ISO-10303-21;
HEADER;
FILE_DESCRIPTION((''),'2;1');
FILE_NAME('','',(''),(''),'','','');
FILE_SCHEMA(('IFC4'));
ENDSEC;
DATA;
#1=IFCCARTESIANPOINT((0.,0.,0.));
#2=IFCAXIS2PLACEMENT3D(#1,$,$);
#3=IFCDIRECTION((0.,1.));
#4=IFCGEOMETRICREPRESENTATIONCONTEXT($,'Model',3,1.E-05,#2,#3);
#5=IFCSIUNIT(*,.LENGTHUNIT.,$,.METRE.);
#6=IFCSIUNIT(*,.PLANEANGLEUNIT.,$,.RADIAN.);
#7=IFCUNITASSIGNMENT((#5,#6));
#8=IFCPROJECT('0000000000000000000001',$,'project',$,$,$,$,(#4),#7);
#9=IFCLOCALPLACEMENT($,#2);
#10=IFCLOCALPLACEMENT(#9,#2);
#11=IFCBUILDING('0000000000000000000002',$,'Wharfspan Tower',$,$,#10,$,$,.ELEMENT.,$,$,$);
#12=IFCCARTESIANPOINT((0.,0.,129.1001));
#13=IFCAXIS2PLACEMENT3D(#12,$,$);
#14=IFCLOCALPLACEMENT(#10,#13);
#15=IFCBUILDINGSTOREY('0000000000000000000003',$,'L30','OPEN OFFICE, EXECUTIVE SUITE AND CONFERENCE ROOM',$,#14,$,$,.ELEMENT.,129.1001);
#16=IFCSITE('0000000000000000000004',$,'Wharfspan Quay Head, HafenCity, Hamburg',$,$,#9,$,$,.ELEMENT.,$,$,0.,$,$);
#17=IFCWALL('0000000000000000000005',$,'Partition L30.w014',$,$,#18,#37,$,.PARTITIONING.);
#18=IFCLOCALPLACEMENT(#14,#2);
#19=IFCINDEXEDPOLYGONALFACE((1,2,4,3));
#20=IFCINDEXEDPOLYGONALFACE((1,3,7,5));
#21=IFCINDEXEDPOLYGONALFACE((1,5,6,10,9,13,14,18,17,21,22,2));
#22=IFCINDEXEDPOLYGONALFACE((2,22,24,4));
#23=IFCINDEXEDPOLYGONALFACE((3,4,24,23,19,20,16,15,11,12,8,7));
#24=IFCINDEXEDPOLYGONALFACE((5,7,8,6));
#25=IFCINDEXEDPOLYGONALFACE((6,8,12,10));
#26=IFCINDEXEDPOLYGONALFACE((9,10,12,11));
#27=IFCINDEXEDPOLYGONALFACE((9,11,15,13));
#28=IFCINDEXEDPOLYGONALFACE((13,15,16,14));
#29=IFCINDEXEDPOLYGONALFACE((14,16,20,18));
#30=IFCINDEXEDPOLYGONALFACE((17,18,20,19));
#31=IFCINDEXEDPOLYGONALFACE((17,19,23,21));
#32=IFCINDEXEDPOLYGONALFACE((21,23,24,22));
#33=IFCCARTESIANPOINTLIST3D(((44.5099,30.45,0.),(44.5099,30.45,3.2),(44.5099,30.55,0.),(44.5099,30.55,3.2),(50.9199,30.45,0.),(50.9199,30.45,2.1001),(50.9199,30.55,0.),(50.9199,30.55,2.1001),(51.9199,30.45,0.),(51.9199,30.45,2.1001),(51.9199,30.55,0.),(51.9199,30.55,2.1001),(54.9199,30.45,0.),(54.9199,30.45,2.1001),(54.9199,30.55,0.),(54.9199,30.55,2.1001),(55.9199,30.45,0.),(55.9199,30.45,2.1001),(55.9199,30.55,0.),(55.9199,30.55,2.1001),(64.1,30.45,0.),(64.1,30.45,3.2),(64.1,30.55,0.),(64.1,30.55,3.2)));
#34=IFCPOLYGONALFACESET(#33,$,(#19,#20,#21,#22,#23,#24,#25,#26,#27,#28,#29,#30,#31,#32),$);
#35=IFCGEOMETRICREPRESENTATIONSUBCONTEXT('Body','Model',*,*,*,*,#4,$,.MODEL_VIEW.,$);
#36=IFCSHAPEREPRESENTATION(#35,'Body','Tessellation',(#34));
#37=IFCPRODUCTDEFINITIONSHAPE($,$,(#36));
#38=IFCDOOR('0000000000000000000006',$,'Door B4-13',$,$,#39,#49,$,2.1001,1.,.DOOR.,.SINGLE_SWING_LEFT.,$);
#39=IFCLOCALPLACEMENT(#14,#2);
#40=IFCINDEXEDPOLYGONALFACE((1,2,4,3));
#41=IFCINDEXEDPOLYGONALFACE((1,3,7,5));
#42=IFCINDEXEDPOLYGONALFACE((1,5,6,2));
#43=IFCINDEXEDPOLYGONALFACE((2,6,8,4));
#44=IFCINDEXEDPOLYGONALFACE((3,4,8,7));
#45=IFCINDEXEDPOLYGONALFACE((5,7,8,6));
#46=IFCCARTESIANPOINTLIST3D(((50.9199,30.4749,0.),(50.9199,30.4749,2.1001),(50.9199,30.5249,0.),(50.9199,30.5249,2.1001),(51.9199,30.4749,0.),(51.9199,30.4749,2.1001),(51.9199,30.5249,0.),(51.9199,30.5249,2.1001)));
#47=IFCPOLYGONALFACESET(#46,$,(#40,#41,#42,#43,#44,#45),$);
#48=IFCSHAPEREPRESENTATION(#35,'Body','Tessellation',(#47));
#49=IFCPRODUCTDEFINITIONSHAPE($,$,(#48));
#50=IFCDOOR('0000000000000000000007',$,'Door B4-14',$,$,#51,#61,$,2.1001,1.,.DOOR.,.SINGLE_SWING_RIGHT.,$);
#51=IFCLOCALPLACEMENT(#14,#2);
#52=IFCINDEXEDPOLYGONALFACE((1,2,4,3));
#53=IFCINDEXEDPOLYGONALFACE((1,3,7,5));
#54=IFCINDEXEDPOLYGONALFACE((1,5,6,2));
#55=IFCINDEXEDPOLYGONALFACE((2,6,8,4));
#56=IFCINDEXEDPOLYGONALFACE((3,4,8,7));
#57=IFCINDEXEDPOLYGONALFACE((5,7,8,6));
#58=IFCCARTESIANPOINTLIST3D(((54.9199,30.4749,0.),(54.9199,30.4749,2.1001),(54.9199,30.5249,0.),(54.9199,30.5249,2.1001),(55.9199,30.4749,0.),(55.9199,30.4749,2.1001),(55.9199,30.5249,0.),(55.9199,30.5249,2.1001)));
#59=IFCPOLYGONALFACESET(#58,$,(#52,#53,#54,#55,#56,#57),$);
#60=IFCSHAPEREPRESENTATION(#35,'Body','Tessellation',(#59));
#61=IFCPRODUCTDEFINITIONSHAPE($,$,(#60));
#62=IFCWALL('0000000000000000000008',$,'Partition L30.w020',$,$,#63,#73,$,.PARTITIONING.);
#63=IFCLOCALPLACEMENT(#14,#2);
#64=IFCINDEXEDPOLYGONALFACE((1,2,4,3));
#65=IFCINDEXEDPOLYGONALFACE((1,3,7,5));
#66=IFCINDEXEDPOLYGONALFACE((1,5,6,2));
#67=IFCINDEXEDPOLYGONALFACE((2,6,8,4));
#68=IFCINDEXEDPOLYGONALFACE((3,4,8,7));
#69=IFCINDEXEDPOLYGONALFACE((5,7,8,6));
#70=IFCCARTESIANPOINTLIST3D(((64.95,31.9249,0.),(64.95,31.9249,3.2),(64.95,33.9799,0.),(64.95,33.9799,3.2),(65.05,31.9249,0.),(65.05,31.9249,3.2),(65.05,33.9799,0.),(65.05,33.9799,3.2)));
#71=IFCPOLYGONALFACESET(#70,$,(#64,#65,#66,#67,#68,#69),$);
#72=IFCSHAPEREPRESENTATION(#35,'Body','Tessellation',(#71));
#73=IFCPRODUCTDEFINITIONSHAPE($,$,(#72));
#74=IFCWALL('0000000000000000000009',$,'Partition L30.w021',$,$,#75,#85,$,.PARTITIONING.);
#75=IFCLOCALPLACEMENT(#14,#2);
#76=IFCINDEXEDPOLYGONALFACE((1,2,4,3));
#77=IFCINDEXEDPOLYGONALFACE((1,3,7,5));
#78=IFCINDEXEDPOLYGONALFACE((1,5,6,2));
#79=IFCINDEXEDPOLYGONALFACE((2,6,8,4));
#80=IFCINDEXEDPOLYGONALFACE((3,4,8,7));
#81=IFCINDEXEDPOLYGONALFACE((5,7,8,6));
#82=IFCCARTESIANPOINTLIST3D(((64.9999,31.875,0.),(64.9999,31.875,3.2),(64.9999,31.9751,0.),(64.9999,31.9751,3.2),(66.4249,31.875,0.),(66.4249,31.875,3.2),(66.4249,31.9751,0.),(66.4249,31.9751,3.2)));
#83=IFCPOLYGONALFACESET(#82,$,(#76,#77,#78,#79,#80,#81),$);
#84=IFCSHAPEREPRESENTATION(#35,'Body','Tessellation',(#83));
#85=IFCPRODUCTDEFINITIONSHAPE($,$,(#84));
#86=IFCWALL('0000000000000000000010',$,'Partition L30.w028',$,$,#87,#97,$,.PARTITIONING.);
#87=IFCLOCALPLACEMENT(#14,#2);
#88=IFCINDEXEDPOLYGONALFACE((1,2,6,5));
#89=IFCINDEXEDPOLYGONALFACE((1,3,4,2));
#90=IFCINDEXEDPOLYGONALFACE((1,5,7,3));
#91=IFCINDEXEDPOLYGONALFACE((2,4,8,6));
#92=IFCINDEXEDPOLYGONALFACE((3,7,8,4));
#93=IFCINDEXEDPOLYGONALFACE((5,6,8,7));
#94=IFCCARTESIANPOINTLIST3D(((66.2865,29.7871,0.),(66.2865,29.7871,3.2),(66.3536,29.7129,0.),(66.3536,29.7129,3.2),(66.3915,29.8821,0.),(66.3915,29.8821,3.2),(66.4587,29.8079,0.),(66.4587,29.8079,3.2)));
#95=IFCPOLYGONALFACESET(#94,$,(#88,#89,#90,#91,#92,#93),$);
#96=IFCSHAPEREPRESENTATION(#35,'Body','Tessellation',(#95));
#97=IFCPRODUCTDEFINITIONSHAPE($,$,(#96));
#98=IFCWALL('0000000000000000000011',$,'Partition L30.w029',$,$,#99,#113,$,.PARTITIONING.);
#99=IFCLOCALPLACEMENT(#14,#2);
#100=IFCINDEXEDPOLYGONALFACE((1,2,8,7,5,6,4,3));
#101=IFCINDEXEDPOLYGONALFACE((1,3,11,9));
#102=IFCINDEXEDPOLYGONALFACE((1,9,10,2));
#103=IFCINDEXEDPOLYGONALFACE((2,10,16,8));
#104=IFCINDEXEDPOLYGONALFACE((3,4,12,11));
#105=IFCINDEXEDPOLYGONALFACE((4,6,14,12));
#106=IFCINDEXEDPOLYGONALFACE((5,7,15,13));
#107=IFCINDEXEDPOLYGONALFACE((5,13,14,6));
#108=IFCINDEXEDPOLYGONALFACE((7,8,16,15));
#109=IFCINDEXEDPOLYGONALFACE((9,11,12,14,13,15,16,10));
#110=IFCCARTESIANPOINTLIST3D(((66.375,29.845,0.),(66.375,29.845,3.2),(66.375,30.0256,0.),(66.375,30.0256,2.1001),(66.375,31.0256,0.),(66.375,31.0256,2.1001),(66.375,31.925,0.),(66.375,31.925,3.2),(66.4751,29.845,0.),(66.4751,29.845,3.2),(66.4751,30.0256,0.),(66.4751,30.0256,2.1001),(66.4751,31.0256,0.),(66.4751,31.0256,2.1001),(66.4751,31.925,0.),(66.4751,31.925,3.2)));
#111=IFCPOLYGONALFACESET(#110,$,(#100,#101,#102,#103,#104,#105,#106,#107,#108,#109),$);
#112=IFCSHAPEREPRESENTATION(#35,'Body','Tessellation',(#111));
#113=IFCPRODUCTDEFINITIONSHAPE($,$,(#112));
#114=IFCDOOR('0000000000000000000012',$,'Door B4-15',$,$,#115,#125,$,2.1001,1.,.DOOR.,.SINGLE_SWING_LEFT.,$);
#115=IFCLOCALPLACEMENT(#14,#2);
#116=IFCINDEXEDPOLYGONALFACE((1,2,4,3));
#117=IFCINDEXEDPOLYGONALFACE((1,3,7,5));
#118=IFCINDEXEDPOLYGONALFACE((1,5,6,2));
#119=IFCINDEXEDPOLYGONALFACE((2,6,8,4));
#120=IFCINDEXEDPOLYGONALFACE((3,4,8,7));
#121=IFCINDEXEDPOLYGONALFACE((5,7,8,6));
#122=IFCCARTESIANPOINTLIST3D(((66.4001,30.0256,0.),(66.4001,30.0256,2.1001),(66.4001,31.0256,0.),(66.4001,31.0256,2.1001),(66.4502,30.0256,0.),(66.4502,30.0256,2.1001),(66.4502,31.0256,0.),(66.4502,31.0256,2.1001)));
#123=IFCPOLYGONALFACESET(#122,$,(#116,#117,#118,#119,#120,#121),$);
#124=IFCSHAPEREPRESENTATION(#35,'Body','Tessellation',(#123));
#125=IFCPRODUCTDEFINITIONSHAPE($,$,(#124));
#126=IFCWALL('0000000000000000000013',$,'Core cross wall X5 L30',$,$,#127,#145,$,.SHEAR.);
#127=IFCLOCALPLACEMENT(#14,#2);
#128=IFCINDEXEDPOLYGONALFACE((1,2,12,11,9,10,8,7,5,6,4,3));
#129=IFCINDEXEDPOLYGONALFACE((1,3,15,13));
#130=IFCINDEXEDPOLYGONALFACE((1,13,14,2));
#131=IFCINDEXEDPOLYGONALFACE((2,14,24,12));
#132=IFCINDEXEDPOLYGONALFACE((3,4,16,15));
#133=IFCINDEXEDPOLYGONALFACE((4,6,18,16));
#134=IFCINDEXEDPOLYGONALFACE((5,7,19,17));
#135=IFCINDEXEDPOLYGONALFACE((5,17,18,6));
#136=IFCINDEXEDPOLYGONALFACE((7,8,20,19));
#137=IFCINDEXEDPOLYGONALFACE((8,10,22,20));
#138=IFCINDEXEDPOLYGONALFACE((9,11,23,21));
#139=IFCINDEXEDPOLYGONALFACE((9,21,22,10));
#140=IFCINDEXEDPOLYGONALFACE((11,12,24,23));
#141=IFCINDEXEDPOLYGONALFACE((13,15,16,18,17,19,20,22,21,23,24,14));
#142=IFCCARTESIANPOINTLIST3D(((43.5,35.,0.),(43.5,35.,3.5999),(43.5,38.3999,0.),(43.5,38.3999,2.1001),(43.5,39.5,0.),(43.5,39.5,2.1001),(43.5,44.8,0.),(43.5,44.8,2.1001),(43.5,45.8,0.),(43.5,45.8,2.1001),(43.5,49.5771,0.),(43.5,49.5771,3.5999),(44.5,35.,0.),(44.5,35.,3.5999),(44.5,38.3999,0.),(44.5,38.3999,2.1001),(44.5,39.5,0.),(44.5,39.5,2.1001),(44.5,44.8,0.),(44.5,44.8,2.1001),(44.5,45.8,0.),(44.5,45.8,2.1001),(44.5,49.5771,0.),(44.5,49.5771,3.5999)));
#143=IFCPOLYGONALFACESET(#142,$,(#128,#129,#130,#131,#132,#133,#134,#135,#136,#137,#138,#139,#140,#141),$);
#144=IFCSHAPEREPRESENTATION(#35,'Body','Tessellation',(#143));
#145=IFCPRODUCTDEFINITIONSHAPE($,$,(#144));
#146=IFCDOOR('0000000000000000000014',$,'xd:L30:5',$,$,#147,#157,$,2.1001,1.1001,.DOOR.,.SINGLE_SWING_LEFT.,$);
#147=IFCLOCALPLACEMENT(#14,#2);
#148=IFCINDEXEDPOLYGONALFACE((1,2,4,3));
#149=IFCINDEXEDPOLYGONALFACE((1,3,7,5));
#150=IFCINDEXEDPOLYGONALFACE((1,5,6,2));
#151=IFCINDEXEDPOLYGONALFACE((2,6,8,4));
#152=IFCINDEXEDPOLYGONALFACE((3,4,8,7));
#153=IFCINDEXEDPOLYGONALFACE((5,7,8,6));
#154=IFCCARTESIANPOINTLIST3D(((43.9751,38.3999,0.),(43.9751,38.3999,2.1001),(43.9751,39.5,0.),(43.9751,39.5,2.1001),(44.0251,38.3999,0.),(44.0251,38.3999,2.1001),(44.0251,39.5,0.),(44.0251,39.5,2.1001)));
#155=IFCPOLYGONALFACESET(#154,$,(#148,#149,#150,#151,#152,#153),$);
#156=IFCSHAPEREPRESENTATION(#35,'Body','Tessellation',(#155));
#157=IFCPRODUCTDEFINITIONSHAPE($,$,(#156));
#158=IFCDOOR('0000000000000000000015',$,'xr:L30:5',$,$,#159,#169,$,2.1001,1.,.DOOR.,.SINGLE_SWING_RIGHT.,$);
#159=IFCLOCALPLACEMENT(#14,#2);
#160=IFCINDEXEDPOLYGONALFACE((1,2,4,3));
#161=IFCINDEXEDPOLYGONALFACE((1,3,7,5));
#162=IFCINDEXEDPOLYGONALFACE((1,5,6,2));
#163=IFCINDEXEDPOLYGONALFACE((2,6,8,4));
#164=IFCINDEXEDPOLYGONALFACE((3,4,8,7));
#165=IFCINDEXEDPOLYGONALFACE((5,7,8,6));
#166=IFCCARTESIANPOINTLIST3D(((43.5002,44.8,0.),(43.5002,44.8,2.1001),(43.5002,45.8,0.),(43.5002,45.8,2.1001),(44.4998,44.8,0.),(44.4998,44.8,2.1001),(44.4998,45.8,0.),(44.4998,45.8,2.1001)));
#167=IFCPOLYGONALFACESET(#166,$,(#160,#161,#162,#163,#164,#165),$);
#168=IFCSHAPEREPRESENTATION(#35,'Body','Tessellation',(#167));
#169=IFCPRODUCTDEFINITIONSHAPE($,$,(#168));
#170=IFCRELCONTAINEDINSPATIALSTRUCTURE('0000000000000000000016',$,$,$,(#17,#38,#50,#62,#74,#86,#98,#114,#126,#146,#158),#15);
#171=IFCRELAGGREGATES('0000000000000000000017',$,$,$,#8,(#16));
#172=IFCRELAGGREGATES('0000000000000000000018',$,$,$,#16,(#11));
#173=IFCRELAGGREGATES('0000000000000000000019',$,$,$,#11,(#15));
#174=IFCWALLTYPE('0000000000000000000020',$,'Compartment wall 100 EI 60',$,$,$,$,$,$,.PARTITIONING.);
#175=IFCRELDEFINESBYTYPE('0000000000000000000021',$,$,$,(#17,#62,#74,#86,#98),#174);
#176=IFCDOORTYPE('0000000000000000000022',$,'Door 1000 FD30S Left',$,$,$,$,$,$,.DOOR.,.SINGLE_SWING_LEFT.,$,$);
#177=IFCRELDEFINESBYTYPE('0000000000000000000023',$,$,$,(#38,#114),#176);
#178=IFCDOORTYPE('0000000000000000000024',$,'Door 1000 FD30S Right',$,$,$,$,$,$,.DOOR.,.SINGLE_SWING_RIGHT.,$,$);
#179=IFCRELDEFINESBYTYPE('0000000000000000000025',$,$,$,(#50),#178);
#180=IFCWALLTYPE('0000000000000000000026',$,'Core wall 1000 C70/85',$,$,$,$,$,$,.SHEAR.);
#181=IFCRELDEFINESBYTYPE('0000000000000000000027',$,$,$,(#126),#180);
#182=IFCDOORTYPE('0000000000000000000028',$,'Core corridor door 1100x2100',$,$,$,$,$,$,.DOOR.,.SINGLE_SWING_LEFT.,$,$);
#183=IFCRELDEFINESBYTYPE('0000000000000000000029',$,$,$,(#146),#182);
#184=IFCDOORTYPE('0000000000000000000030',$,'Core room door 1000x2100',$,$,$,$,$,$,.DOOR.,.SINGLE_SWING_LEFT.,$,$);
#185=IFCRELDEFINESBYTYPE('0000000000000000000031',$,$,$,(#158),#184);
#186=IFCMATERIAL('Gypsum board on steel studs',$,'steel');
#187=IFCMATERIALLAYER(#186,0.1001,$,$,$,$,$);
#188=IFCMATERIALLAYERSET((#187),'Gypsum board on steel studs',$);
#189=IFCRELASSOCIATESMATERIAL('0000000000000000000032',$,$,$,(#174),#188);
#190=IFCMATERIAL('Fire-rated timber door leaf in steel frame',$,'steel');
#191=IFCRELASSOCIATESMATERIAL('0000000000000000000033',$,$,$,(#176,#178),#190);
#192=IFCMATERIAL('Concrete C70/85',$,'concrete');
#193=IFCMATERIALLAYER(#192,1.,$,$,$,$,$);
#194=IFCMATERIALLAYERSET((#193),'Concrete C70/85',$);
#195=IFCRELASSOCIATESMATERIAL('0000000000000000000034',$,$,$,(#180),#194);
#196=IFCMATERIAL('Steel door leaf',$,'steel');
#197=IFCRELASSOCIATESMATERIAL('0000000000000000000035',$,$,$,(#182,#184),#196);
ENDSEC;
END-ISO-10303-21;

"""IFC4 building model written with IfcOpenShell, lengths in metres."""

from ifc_helpers import new_model, si_unit, direction, frame, frame_2d, origin, place, context, subcontext, project, spatial, rectangle, extrude, material, layer, layer_set, type_object, element, fill, save


model = new_model("IFC4")

# Units and contexts
model_context = context("Model", 3, precision=1e-05, world=origin(), true_north=direction((0.0, 1.0)))
body_context = subcontext(model_context, "Body", "Model", "MODEL_VIEW")
ifc_project = project(units=[si_unit("LENGTHUNIT", "METRE"), si_unit("PLANEANGLEUNIT", "RADIAN")], contexts=[model_context])

# Site, building, storey
site_placement = place(None, origin())
site = spatial("IfcSite", under=ifc_project, at=site_placement, Name="Wharfspan Quay Head, HafenCity, Hamburg", CompositionType="ELEMENT", RefElevation=0.0)
building_placement = place(site_placement, origin())
building = spatial("IfcBuilding", under=site, at=building_placement, Name="Wharfspan Tower", CompositionType="ELEMENT")
storey_placement = place(building_placement, frame((0.0, 0.0, 129.1001)))
storey = spatial("IfcBuildingStorey", under=building, at=storey_placement, Name="L30", Description="OPEN OFFICE, EXECUTIVE SUITE AND CONFERENCE ROOM", CompositionType="ELEMENT", Elevation=129.1001)

# Wall, openings, doors
ifc_material_1 = material(Name="Gypsum board on steel studs", Category="steel")
ifc_layer_1 = layer(ifc_material_1, 0.1001)
ifc_layer_set_1 = layer_set([ifc_layer_1], Name="Gypsum board on steel studs")
wall_type_1 = type_object("IfcWallType", Name="Compartment wall 100 EI 60", PredefinedType="PARTITIONING", material=ifc_layer_set_1)
wall_1_placement = place(storey_placement, frame((44.51, 30.5, 0.0), z_axis=(0.0, 0.0, 1.0), x_axis=(1.0, 0.0, 0.0)))
wall_1 = element("IfcWall", 1, at=wall_1_placement, inside=storey, type_object=wall_type_1, Name="Partition L30.w014", PredefinedType="PARTITIONING", context=body_context, shape_type="SweptSolid", body=[
    extrude(rectangle(XDim=19.5901, YDim=0.1001, at=frame_2d((9.7949, 0.0))), origin(), (0.0, 0.0, 1.0), 3.2),
])
opening_1_placement = place(wall_1_placement, frame((6.4099, 0.0, 0.0)))
opening_1 = element("IfcOpeningElement", 2, at=opening_1_placement, cuts=wall_1, PredefinedType="OPENING", context=body_context, shape_type="SweptSolid", body=[
    extrude(rectangle(XDim=1.0, YDim=2.1001, at=frame_2d((0.5, 1.05))), frame((0.0, 0.0601, 0.0), z_axis=(0.0, -1.0, 0.0), x_axis=(1.0, 0.0, 0.0)), (0.0, 0.0, 1.0), 0.1201),
])
opening_2_placement = place(wall_1_placement, frame((10.4099, 0.0, 0.0)))
opening_2 = element("IfcOpeningElement", 3, at=opening_2_placement, cuts=wall_1, PredefinedType="OPENING", context=body_context, shape_type="SweptSolid", body=[
    extrude(rectangle(XDim=1.0, YDim=2.1001, at=frame_2d((0.5, 1.05))), frame((0.0, 0.0601, 0.0), z_axis=(0.0, -1.0, 0.0), x_axis=(1.0, 0.0, 0.0)), (0.0, 0.0, 1.0), 0.1201),
])
ifc_material_2 = material(Name="Fire-rated timber door leaf in steel frame", Category="steel")
door_type_1 = type_object("IfcDoorType", Name="Door 1000 FD30S Left", OperationType="SINGLE_SWING_LEFT", PredefinedType="DOOR", material=ifc_material_2)
door_1_placement = place(opening_1_placement, origin())
door_1 = element("IfcDoor", 4, at=door_1_placement, inside=storey, type_object=door_type_1, Name="Door B4-13", OperationType="SINGLE_SWING_LEFT", OverallHeight=2.1001, OverallWidth=1.0, PredefinedType="DOOR", context=body_context, shape_type="SweptSolid", body=[
    extrude(rectangle(XDim=1.0, YDim=2.1001, at=frame_2d((0.5, 1.05))), frame((0.0, 0.0249, 0.0), z_axis=(0.0, -1.0, 0.0), x_axis=(1.0, 0.0, 0.0)), (0.0, 0.0, 1.0), 0.05),
])
fill(opening_1, door_1)
door_type_2 = type_object("IfcDoorType", Name="Door 1000 FD30S Right", OperationType="SINGLE_SWING_RIGHT", PredefinedType="DOOR", material=ifc_material_2)
door_2_placement = place(opening_2_placement, origin())
door_2 = element("IfcDoor", 5, at=door_2_placement, inside=storey, type_object=door_type_2, Name="Door B4-14", OperationType="SINGLE_SWING_RIGHT", OverallHeight=2.1001, OverallWidth=1.0, PredefinedType="DOOR", context=body_context, shape_type="SweptSolid", body=[
    extrude(rectangle(XDim=1.0, YDim=2.1001, at=frame_2d((0.5, 1.05))), frame((0.0, 0.0249, 0.0), z_axis=(0.0, -1.0, 0.0), x_axis=(1.0, 0.0, 0.0)), (0.0, 0.0, 1.0), 0.05),
])
fill(opening_2, door_2)

# Walls
wall_2_placement = place(storey_placement, frame((65.0, 31.925, 0.0), z_axis=(0.0, 0.0, 1.0), x_axis=(0.0, 1.0, 0.0)))
element("IfcWall", 6, at=wall_2_placement, inside=storey, type_object=wall_type_1, Name="Partition L30.w020", PredefinedType="PARTITIONING", context=body_context, shape_type="SweptSolid", body=[
    extrude(rectangle(XDim=2.0549, YDim=0.1001, at=frame_2d((1.0273, 0.0))), origin(), (0.0, 0.0, 1.0), 3.2),
])
wall_3_placement = place(storey_placement, frame((65.0, 31.925, 0.0), z_axis=(0.0, 0.0, 1.0), x_axis=(1.0, 0.0, 0.0)))
element("IfcWall", 7, at=wall_3_placement, inside=storey, type_object=wall_type_1, Name="Partition L30.w021", PredefinedType="PARTITIONING", context=body_context, shape_type="SweptSolid", body=[
    extrude(rectangle(XDim=1.425, YDim=0.1001, at=frame_2d((0.7124, 0.0))), origin(), (0.0, 0.0, 1.0), 3.2),
])
wall_4_placement = place(storey_placement, frame((66.3201, 29.75, 0.0), z_axis=(0.0, 0.0, 1.0), x_axis=(0.741581, 0.670872, 0.0)))
element("IfcWall", 8, at=wall_4_placement, inside=storey, type_object=wall_type_1, Name="Partition L30.w028", PredefinedType="PARTITIONING", context=body_context, shape_type="SweptSolid", body=[
    extrude(rectangle(XDim=0.1416, YDim=0.1001, at=frame_2d((0.0708, 0.0))), origin(), (0.0, 0.0, 1.0), 3.2),
])

# Wall, opening, door
wall_5_placement = place(storey_placement, frame((66.425, 29.845, 0.0), z_axis=(0.0, 0.0, 1.0), x_axis=(0.0, 1.0, 0.0)))
wall_5 = element("IfcWall", 9, at=wall_5_placement, inside=storey, type_object=wall_type_1, Name="Partition L30.w029", PredefinedType="PARTITIONING", context=body_context, shape_type="SweptSolid", body=[
    extrude(rectangle(XDim=2.0801, YDim=0.1001, at=frame_2d((1.04, 0.0))), origin(), (0.0, 0.0, 1.0), 3.2),
])
opening_3_placement = place(wall_5_placement, frame((0.1807, 0.0, 0.0)))
opening_3 = element("IfcOpeningElement", 10, at=opening_3_placement, cuts=wall_5, PredefinedType="OPENING", context=body_context, shape_type="SweptSolid", body=[
    extrude(rectangle(XDim=1.0, YDim=2.1001, at=frame_2d((0.5, 1.05))), frame((0.0, 0.0601, 0.0), z_axis=(0.0, -1.0, 0.0), x_axis=(1.0, 0.0, 0.0)), (0.0, 0.0, 1.0), 0.1201),
])
door_3_placement = place(opening_3_placement, origin())
door_3 = element("IfcDoor", 11, at=door_3_placement, inside=storey, type_object=door_type_1, Name="Door B4-15", OperationType="SINGLE_SWING_LEFT", OverallHeight=2.1001, OverallWidth=1.0, PredefinedType="DOOR", context=body_context, shape_type="SweptSolid", body=[
    extrude(rectangle(XDim=1.0, YDim=2.1001, at=frame_2d((0.5, 1.05))), frame((0.0, 0.0249, 0.0), z_axis=(0.0, -1.0, 0.0), x_axis=(1.0, 0.0, 0.0)), (0.0, 0.0, 1.0), 0.05),
])
fill(opening_3, door_3)

# Wall, openings, doors
ifc_material_3 = material(Name="Concrete C70/85", Category="concrete")
ifc_layer_2 = layer(ifc_material_3, 1.0)
ifc_layer_set_2 = layer_set([ifc_layer_2], Name="Concrete C70/85")
wall_type_2 = type_object("IfcWallType", Name="Core wall 1000 C70/85", PredefinedType="SHEAR", material=ifc_layer_set_2)
wall_6_placement = place(storey_placement, frame((44.0, 35.0, 0.0), z_axis=(0.0, 0.0, 1.0), x_axis=(0.0, 1.0, 0.0)))
wall_6 = element("IfcWall", 12, at=wall_6_placement, inside=storey, type_object=wall_type_2, Name="Core cross wall X5 L30", PredefinedType="SHEAR", context=body_context, shape_type="SweptSolid", body=[
    extrude(rectangle(XDim=14.5771, YDim=1.0, at=frame_2d((7.2886, 0.0))), origin(), (0.0, 0.0, 1.0), 3.5999),
])
opening_4_placement = place(wall_6_placement, frame((3.3999, 0.0, 0.0)))
opening_4 = element("IfcOpeningElement", 13, at=opening_4_placement, cuts=wall_6, PredefinedType="OPENING", context=body_context, shape_type="SweptSolid", body=[
    extrude(rectangle(XDim=1.1001, YDim=2.1001, at=frame_2d((0.55, 1.05))), frame((0.0, 0.51, 0.0), z_axis=(0.0, -1.0, 0.0), x_axis=(1.0, 0.0, 0.0)), (0.0, 0.0, 1.0), 1.02),
])
opening_5_placement = place(wall_6_placement, frame((9.8, 0.0, 0.0)))
opening_5 = element("IfcOpeningElement", 14, at=opening_5_placement, cuts=wall_6, PredefinedType="OPENING", context=body_context, shape_type="SweptSolid", body=[
    extrude(rectangle(XDim=1.0, YDim=2.1001, at=frame_2d((0.5, 1.05))), frame((0.0, 0.51, 0.0), z_axis=(0.0, -1.0, 0.0), x_axis=(1.0, 0.0, 0.0)), (0.0, 0.0, 1.0), 1.02),
])
ifc_material_4 = material(Name="Steel door leaf", Category="steel")
door_type_3 = type_object("IfcDoorType", Name="Core corridor door 1100x2100", OperationType="SINGLE_SWING_LEFT", PredefinedType="DOOR", material=ifc_material_4)
door_4_placement = place(opening_4_placement, origin())
door_4 = element("IfcDoor", 15, at=door_4_placement, inside=storey, type_object=door_type_3, Name="xd:L30:5", OperationType="SINGLE_SWING_LEFT", OverallHeight=2.1001, OverallWidth=1.1001, PredefinedType="DOOR", context=body_context, shape_type="SweptSolid", body=[
    extrude(rectangle(XDim=1.1001, YDim=2.1001, at=frame_2d((0.55, 1.05))), frame((0.0, 0.0249, 0.0), z_axis=(0.0, -1.0, 0.0), x_axis=(1.0, 0.0, 0.0)), (0.0, 0.0, 1.0), 0.05),
])
fill(opening_4, door_4)
door_type_4 = type_object("IfcDoorType", Name="Core room door 1000x2100", OperationType="SINGLE_SWING_LEFT", PredefinedType="DOOR", material=ifc_material_4)
door_5_placement = place(opening_5_placement, origin())
door_5 = element("IfcDoor", 16, at=door_5_placement, inside=storey, type_object=door_type_4, Name="xr:L30:5", OperationType="SINGLE_SWING_RIGHT", OverallHeight=2.1001, OverallWidth=1.0, PredefinedType="DOOR", context=body_context, shape_type="SweptSolid", body=[
    extrude(rectangle(XDim=1.0, YDim=2.1001, at=frame_2d((0.5, 1.05))), frame((0.0, 0.4998, 0.0), z_axis=(0.0, -1.0, 0.0), x_axis=(1.0, 0.0, 0.0)), (0.0, 0.0, 1.0), 0.9995),
])
fill(opening_5, door_5)

save(model, "model.ifc")
